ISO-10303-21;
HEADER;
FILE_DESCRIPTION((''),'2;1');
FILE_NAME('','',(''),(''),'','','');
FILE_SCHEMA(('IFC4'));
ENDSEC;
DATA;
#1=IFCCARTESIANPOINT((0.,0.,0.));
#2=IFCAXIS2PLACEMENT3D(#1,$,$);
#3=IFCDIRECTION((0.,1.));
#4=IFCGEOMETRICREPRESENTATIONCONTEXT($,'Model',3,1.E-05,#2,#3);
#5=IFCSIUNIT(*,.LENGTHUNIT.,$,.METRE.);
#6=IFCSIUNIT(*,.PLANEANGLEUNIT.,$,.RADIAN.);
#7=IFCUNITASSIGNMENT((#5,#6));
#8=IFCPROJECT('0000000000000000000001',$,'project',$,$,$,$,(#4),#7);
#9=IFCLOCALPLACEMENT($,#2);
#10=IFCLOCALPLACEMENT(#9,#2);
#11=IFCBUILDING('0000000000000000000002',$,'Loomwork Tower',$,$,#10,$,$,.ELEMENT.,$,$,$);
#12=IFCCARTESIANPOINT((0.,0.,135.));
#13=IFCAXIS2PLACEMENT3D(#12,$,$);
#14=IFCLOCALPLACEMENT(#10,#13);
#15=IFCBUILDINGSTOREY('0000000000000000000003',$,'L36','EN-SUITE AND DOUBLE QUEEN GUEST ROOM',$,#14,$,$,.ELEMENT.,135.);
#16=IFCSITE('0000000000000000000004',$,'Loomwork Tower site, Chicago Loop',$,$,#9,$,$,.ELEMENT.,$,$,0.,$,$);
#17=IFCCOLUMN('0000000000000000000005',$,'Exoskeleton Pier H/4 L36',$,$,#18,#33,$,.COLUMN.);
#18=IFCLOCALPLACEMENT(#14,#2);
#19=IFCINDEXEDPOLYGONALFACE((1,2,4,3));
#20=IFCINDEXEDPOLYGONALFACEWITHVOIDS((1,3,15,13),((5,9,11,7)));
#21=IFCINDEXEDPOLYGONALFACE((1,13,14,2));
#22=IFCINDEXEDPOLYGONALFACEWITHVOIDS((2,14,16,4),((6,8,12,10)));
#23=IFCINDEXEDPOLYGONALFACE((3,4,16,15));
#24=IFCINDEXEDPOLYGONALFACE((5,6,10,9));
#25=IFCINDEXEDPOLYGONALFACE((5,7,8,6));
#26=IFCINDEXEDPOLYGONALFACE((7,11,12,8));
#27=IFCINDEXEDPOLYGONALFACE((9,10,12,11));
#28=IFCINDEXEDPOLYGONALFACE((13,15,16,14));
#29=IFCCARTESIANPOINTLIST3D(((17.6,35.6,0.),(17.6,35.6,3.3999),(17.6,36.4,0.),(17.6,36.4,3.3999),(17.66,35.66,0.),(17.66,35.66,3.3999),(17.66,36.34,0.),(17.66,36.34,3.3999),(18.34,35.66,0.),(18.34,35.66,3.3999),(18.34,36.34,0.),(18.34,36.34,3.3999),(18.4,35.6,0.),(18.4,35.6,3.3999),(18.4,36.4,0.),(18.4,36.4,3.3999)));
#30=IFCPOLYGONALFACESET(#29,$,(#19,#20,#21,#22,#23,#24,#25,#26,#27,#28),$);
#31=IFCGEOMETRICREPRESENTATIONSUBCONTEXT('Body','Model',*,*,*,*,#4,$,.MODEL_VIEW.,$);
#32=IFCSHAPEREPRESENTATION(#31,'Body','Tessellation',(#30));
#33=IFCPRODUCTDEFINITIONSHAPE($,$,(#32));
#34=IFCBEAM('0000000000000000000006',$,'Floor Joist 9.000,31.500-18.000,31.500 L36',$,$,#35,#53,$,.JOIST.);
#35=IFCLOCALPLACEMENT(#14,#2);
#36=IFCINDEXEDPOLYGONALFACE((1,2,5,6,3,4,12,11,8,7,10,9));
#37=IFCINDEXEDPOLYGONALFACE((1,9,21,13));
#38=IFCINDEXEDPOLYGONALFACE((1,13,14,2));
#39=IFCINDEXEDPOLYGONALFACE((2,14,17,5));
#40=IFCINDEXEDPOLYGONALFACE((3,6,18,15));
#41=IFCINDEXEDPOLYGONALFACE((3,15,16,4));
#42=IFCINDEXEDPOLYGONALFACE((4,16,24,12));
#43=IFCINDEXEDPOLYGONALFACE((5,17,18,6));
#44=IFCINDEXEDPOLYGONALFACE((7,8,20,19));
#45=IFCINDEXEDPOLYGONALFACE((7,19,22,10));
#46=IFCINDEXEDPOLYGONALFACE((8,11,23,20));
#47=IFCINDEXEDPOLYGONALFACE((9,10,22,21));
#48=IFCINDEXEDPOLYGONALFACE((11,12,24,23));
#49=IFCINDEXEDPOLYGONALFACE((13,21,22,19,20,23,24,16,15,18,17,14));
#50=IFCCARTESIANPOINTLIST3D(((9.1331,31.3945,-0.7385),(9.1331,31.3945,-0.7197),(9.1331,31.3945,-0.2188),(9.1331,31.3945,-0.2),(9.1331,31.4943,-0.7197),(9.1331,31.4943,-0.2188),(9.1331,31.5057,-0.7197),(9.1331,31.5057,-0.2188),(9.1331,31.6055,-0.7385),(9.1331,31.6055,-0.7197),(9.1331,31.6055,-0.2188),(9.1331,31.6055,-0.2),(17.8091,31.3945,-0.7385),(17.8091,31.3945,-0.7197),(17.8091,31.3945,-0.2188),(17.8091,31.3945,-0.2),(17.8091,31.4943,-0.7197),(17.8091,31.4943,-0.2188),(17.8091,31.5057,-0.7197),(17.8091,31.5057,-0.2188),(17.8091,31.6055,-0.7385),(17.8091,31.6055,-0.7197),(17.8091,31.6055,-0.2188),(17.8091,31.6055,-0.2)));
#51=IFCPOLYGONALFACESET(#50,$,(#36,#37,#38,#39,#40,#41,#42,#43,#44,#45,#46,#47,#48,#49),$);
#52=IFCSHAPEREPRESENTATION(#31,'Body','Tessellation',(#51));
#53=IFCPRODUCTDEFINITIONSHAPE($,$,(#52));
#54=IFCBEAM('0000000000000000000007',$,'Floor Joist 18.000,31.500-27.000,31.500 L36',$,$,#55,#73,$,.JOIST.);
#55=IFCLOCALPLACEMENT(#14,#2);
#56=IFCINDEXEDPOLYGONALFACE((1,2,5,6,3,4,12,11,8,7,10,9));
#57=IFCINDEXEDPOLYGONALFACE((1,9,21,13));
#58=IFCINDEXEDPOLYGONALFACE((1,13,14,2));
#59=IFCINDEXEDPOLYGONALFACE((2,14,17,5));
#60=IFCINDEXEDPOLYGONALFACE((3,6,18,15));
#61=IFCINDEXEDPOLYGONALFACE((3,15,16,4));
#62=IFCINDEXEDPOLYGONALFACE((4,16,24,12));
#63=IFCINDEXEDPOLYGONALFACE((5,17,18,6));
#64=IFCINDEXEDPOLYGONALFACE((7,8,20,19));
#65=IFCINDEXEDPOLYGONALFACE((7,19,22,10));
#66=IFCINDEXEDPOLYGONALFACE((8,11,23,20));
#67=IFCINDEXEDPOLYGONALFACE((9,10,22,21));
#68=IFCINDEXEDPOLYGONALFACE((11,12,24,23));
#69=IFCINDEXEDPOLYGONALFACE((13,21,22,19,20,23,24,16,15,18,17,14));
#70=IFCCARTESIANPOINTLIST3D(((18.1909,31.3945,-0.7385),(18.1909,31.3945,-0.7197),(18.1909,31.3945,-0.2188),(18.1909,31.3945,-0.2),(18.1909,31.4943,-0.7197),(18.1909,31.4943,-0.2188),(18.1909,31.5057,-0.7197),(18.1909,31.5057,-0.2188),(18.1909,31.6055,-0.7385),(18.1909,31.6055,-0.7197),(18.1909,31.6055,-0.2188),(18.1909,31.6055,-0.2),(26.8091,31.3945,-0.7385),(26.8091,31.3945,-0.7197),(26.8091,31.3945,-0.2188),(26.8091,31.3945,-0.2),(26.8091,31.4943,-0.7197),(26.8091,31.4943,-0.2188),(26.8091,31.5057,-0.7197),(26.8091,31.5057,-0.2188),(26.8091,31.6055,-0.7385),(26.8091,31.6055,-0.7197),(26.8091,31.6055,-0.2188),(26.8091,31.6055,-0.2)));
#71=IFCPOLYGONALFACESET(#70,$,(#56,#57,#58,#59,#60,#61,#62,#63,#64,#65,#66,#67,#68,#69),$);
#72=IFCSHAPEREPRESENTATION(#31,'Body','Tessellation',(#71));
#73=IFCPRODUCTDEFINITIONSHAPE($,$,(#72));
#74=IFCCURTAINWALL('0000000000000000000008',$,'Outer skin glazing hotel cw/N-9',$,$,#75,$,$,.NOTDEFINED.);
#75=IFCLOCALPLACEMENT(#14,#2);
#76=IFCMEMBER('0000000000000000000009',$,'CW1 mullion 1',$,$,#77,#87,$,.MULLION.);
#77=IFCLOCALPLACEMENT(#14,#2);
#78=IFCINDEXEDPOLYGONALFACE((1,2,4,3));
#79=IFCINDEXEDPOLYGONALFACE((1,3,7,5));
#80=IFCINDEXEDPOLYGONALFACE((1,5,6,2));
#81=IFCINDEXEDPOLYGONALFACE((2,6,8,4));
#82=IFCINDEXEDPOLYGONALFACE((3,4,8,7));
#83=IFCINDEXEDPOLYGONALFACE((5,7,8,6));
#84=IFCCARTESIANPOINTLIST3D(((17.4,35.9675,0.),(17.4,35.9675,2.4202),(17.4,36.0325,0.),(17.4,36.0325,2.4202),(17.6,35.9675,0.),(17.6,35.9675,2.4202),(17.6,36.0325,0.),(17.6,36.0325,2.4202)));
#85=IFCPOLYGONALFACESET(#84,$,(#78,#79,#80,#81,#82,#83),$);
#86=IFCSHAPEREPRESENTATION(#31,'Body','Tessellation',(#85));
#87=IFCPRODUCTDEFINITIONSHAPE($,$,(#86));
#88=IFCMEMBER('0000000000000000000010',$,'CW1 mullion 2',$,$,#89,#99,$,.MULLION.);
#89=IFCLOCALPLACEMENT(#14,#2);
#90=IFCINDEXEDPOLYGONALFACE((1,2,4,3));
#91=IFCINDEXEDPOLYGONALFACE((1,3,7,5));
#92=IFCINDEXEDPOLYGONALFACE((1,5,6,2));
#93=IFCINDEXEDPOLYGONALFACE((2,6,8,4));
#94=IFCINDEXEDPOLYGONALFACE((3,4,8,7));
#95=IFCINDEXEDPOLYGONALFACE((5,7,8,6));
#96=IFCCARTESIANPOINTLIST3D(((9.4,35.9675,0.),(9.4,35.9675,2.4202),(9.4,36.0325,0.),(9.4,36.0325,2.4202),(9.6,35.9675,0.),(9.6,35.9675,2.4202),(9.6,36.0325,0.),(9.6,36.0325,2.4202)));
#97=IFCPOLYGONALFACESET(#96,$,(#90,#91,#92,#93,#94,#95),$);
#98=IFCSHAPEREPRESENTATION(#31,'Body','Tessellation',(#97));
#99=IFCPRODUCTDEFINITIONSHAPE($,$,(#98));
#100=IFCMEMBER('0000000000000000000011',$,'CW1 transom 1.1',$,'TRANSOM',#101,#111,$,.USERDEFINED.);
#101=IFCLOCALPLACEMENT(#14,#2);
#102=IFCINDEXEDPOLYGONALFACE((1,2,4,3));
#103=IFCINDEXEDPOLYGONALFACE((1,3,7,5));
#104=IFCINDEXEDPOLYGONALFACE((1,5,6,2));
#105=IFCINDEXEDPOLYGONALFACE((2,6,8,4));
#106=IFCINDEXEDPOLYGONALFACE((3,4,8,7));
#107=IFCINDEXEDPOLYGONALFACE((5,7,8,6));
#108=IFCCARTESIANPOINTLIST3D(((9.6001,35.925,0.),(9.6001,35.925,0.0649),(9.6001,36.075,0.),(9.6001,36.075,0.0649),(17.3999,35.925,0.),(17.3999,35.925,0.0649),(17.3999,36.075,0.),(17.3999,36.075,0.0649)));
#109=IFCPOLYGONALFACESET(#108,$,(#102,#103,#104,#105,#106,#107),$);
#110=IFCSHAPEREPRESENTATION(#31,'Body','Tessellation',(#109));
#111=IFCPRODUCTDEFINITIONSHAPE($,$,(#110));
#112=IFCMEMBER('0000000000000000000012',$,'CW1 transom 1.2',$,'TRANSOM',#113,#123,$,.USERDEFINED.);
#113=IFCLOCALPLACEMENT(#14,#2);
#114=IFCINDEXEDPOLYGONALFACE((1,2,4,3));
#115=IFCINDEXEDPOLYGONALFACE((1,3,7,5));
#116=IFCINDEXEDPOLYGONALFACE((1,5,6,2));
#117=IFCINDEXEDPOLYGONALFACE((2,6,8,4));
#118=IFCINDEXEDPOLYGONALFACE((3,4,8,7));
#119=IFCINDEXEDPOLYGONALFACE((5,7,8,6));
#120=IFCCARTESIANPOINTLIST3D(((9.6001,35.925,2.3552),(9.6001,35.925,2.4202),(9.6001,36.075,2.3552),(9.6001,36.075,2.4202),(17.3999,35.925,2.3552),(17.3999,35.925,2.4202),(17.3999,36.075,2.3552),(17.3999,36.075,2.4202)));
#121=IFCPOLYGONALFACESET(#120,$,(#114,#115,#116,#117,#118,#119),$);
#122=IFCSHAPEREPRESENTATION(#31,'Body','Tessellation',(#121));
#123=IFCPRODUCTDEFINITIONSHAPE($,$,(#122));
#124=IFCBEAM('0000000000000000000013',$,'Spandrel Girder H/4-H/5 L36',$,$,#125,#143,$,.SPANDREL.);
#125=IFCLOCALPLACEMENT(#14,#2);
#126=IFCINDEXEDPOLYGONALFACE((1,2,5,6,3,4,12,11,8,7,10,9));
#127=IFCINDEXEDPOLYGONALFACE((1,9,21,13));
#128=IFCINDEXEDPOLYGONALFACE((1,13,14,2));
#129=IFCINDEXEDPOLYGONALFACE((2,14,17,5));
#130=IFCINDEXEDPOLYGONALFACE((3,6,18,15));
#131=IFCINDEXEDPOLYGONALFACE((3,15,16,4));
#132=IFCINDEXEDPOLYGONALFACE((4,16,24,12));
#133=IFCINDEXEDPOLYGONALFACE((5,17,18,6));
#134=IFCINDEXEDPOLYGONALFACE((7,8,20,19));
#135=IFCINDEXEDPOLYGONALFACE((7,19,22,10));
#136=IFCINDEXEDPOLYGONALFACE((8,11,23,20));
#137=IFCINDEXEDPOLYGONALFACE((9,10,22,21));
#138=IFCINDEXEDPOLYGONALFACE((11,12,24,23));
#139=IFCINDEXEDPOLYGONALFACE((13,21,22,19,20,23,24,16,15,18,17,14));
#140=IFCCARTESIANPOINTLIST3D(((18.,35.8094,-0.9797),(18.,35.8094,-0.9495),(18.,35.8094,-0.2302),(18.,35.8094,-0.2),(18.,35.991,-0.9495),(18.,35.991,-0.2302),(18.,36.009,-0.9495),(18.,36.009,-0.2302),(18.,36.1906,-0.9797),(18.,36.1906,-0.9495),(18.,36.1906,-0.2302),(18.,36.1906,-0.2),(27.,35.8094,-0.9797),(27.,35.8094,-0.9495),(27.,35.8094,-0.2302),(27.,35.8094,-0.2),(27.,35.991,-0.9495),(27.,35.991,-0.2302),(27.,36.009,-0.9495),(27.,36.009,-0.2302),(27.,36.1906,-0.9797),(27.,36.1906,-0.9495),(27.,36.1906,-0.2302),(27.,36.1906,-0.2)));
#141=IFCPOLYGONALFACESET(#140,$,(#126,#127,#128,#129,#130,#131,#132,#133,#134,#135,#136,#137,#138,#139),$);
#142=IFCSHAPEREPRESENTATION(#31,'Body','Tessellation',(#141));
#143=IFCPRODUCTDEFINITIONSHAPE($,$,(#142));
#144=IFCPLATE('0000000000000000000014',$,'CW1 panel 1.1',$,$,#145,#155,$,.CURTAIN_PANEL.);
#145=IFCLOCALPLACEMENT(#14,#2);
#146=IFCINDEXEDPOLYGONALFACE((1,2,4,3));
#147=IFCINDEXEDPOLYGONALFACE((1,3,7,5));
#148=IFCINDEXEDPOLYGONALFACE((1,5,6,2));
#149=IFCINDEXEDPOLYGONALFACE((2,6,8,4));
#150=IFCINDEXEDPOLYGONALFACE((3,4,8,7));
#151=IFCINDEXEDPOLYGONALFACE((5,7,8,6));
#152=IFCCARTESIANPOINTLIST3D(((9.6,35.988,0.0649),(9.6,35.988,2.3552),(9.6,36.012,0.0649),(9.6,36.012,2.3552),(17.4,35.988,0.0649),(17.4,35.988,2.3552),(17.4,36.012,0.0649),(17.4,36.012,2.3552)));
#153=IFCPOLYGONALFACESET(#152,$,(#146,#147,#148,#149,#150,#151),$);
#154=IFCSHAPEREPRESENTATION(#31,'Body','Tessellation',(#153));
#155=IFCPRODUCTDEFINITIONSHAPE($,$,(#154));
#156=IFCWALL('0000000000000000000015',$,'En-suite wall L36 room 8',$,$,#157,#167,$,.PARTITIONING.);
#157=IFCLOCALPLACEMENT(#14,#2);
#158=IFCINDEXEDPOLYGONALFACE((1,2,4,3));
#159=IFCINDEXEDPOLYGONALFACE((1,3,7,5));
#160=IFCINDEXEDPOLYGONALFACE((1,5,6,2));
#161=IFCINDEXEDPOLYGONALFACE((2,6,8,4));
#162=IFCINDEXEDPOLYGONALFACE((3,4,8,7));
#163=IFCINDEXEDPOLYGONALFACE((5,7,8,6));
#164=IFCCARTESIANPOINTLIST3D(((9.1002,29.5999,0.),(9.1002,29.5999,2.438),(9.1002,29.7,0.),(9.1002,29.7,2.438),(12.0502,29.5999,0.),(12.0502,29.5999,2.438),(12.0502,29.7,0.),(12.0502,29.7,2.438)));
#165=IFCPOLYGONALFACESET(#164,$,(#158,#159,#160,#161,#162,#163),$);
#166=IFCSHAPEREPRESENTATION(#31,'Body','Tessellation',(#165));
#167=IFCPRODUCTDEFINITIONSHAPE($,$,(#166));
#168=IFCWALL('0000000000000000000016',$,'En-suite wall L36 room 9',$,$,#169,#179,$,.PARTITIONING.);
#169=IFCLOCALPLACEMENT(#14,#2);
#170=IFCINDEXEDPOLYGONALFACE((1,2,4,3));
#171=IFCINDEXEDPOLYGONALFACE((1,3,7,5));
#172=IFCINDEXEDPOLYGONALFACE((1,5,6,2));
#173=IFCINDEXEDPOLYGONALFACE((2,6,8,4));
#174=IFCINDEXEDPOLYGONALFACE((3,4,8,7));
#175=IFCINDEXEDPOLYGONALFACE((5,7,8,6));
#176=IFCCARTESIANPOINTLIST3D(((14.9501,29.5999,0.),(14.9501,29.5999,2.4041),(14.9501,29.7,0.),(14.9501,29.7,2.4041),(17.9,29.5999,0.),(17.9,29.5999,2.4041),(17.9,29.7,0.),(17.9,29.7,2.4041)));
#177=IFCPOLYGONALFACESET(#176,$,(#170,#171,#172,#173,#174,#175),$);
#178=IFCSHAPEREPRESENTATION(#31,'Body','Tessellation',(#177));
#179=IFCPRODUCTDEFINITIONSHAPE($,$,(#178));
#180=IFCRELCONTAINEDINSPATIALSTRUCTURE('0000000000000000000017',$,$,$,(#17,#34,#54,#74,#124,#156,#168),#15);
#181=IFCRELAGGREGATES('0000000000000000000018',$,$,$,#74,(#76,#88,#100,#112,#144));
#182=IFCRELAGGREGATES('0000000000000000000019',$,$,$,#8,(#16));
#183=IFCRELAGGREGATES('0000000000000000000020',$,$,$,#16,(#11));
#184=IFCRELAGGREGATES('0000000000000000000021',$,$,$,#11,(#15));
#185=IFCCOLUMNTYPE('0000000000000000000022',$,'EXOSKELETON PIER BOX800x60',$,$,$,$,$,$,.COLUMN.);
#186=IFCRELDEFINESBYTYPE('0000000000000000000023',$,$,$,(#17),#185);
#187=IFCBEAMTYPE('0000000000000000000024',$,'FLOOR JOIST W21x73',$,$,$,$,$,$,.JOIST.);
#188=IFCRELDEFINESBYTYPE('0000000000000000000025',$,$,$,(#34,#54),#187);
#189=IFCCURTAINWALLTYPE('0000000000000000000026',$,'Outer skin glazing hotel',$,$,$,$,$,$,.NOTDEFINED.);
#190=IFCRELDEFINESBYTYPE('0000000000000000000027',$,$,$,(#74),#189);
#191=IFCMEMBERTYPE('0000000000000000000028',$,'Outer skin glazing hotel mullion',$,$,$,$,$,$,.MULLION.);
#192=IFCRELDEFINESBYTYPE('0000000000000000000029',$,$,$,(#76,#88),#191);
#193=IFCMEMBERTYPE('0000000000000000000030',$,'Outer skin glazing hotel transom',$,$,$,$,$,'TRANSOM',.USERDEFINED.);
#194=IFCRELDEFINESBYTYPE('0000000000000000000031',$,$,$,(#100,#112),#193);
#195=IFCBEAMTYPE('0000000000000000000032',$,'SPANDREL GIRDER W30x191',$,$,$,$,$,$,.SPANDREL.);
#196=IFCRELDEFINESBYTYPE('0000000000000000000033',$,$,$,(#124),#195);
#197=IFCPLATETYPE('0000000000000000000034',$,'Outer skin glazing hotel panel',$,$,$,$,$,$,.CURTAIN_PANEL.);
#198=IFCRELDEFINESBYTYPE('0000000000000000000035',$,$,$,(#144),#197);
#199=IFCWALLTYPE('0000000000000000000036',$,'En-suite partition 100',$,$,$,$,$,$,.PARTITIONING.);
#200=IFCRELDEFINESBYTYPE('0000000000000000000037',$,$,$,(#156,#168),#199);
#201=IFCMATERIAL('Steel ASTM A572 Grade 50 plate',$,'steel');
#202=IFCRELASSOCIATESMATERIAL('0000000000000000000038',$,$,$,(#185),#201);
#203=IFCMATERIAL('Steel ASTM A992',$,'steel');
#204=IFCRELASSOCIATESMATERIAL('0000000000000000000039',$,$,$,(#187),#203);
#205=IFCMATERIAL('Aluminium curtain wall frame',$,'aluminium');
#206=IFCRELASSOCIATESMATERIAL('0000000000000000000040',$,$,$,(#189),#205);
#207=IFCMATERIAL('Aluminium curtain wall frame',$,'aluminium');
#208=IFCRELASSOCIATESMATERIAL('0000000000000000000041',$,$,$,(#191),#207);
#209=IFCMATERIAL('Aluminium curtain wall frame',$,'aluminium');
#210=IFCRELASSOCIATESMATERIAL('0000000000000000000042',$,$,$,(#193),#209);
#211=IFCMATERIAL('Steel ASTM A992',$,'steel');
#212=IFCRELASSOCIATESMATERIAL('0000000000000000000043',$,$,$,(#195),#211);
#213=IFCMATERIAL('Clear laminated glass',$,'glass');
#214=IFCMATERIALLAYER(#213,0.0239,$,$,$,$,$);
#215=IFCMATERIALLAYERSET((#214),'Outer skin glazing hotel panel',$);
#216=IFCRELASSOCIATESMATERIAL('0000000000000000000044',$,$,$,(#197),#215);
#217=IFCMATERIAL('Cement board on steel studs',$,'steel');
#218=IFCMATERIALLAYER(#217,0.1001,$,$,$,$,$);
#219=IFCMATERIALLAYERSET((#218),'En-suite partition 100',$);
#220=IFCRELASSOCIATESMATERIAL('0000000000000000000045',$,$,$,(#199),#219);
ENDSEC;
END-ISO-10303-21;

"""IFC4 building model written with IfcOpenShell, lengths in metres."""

from ifc_helpers import new_model, si_unit, direction, frame, frame_2d, origin, origin_2d, place, context, subcontext, project, spatial, rectangle, hollow_rectangle, i_section, extrude, material, layer, layer_set, material_profile, profile_set, type_object, element, aggregate, save


model = new_model("IFC4")

# Units and contexts
model_context = context("Model", 3, precision=1e-05, world=origin(), true_north=direction((0.0, 1.0)))
body_context = subcontext(model_context, "Body", "Model", "MODEL_VIEW")
ifc_project = project(units=[si_unit("LENGTHUNIT", "METRE"), si_unit("PLANEANGLEUNIT", "RADIAN")], contexts=[model_context])

# Site, building, storey
site_placement = place(None, origin())
site = spatial("IfcSite", under=ifc_project, at=site_placement, Name="Loomwork Tower site, Chicago Loop", CompositionType="ELEMENT", RefElevation=0.0)
building_placement = place(site_placement, origin())
building = spatial("IfcBuilding", under=site, at=building_placement, Name="Loomwork Tower", CompositionType="ELEMENT")
storey_placement = place(building_placement, frame((0.0, 0.0, 135.0)))
storey = spatial("IfcBuildingStorey", under=building, at=storey_placement, Name="L36", Description="EN-SUITE AND DOUBLE QUEEN GUEST ROOM", CompositionType="ELEMENT", Elevation=135.0)

# Column
ifc_material_1 = material(Name="Steel ASTM A572 Grade 50 plate", Category="steel")
ifc_material_profile_1 = material_profile(ifc_material_1, hollow_rectangle(XDim=0.8, YDim=0.8, WallThickness=0.0601, at=origin_2d()), Name="BOX800x60")
ifc_profile_set_1 = profile_set([ifc_material_profile_1], Name="Steel ASTM A572 Grade 50 plate")
column_type = type_object("IfcColumnType", Name="EXOSKELETON PIER BOX800x60", PredefinedType="COLUMN", material=ifc_profile_set_1)
column_placement = place(storey_placement, frame((18.0, 36.0, 0.0), z_axis=(0.0, 0.0, 1.0), x_axis=(1.0, 0.0, 0.0)))
element("IfcColumn", 1, at=column_placement, inside=storey, type_object=column_type, Name="Exoskeleton Pier H/4 L36", PredefinedType="COLUMN", context=body_context, shape_type="SweptSolid", body=[
    extrude(hollow_rectangle(XDim=0.8, YDim=0.8, WallThickness=0.0601, at=origin_2d()), origin(), (0.0, 0.0, 1.0), 3.3999),
])

# Beams
ifc_material_2 = material(Name="Steel ASTM A992", Category="steel")
ifc_material_profile_2 = material_profile(ifc_material_2, i_section(OverallWidth=0.2109, OverallDepth=0.5386, WebThickness=0.0115, FlangeThickness=0.0188, at=origin_2d()), Name="W21x73")
ifc_profile_set_2 = profile_set([ifc_material_profile_2], Name="Steel ASTM A992")
beam_type_1 = type_object("IfcBeamType", Name="FLOOR JOIST W21x73", PredefinedType="JOIST", material=ifc_profile_set_2)
beam_1_placement = place(storey_placement, frame((9.1331, 31.5, -0.4692), z_axis=(1.0, 0.0, 0.0), x_axis=(0.0, 1.0, 0.0)))
element("IfcBeam", 2, at=beam_1_placement, inside=storey, type_object=beam_type_1, Name="Floor Joist 9.000,31.500-18.000,31.500 L36", PredefinedType="JOIST", context=body_context, shape_type="SweptSolid", body=[
    extrude(i_section(OverallWidth=0.2109, OverallDepth=0.5386, WebThickness=0.0115, FlangeThickness=0.0188, at=origin_2d()), origin(), (0.0, 0.0, 1.0), 8.676),
])
beam_2_placement = place(storey_placement, frame((18.1909, 31.5, -0.4692), z_axis=(1.0, 0.0, 0.0), x_axis=(0.0, 1.0, 0.0)))
element("IfcBeam", 3, at=beam_2_placement, inside=storey, type_object=beam_type_1, Name="Floor Joist 18.000,31.500-27.000,31.500 L36", PredefinedType="JOIST", context=body_context, shape_type="SweptSolid", body=[
    extrude(i_section(OverallWidth=0.2109, OverallDepth=0.5386, WebThickness=0.0115, FlangeThickness=0.0188, at=origin_2d()), origin(), (0.0, 0.0, 1.0), 8.6182),
])

# Curtain wall, members
ifc_material_3 = material(Name="Aluminium curtain wall frame", Category="aluminium")
curtain_wall_type = type_object("IfcCurtainWallType", Name="Outer skin glazing hotel", PredefinedType="NOTDEFINED", material=ifc_material_3)
curtain_wall_placement = place(storey_placement, origin())
curtain_wall = element("IfcCurtainWall", 4, at=curtain_wall_placement, inside=storey, type_object=curtain_wall_type, Name="Outer skin glazing hotel cw/N-9", PredefinedType="NOTDEFINED")
ifc_material_4 = material(Name="Aluminium curtain wall frame", Category="aluminium")
ifc_material_profile_3 = material_profile(ifc_material_4, rectangle(XDim=0.0649, YDim=0.2, at=origin_2d()), Name="AL 65x200")
ifc_profile_set_3 = profile_set([ifc_material_profile_3], Name="Aluminium curtain wall frame")
member_type_1 = type_object("IfcMemberType", Name="Outer skin glazing hotel mullion", PredefinedType="MULLION", material=ifc_profile_set_3)
member_1_placement = place(storey_placement, frame((17.5, 36.0, 0.0), z_axis=(0.0, 0.0, 1.0), x_axis=(0.0, -1.0, 0.0)))
member_1 = element("IfcMember", 5, at=member_1_placement, type_object=member_type_1, Name="CW1 mullion 1", PredefinedType="MULLION", context=body_context, shape_type="SweptSolid", body=[
    extrude(rectangle(XDim=0.0649, YDim=0.2, at=origin_2d()), origin(), (0.0, 0.0, 1.0), 2.4202),
])
member_2_placement = place(storey_placement, frame((9.5, 36.0, 0.0), z_axis=(0.0, 0.0, 1.0), x_axis=(0.0, -1.0, 0.0)))
member_2 = element("IfcMember", 6, at=member_2_placement, type_object=member_type_1, Name="CW1 mullion 2", PredefinedType="MULLION", context=body_context, shape_type="SweptSolid", body=[
    extrude(rectangle(XDim=0.0649, YDim=0.2, at=origin_2d()), origin(), (0.0, 0.0, 1.0), 2.4202),
])
ifc_material_5 = material(Name="Aluminium curtain wall frame", Category="aluminium")
ifc_material_profile_4 = material_profile(ifc_material_5, rectangle(XDim=0.1499, YDim=0.0649, at=origin_2d()), Name="AL 65x150")
ifc_profile_set_4 = profile_set([ifc_material_profile_4], Name="Aluminium curtain wall frame")
member_type_2 = type_object("IfcMemberType", Name="Outer skin glazing hotel transom", ElementType="TRANSOM", PredefinedType="USERDEFINED", material=ifc_profile_set_4)
member_3_placement = place(storey_placement, frame((17.3999, 36.0, 0.0325), z_axis=(-1.0, 0.0, 0.0), x_axis=(0.0, -1.0, 0.0)))
member_3 = element("IfcMember", 7, at=member_3_placement, type_object=member_type_2, Name="CW1 transom 1.1", ObjectType="TRANSOM", PredefinedType="USERDEFINED", context=body_context, shape_type="SweptSolid", body=[
    extrude(rectangle(XDim=0.1499, YDim=0.0649, at=origin_2d()), origin(), (0.0, 0.0, 1.0), 7.7998),
])
member_4_placement = place(storey_placement, frame((17.3999, 36.0, 2.3877), z_axis=(-1.0, 0.0, 0.0), x_axis=(0.0, -1.0, 0.0)))
member_4 = element("IfcMember", 8, at=member_4_placement, type_object=member_type_2, Name="CW1 transom 1.2", ObjectType="TRANSOM", PredefinedType="USERDEFINED", context=body_context, shape_type="SweptSolid", body=[
    extrude(rectangle(XDim=0.1499, YDim=0.0649, at=origin_2d()), origin(), (0.0, 0.0, 1.0), 7.7998),
])

# Beam
ifc_material_6 = material(Name="Steel ASTM A992", Category="steel")
ifc_material_profile_5 = material_profile(ifc_material_6, i_section(OverallWidth=0.3811, OverallDepth=0.7798, WebThickness=0.0181, FlangeThickness=0.0303, at=origin_2d()), Name="W30x191")
ifc_profile_set_5 = profile_set([ifc_material_profile_5], Name="Steel ASTM A992")
beam_type_2 = type_object("IfcBeamType", Name="SPANDREL GIRDER W30x191", PredefinedType="SPANDREL", material=ifc_profile_set_5)
beam_3_placement = place(storey_placement, frame((18.0, 36.0, -0.5898), z_axis=(1.0, 0.0, 0.0), x_axis=(0.0, 1.0, 0.0)))
element("IfcBeam", 9, at=beam_3_placement, inside=storey, type_object=beam_type_2, Name="Spandrel Girder H/4-H/5 L36", PredefinedType="SPANDREL", context=body_context, shape_type="SweptSolid", body=[
    extrude(i_section(OverallWidth=0.3811, OverallDepth=0.7798, WebThickness=0.0181, FlangeThickness=0.0303, at=origin_2d()), origin(), (0.0, 0.0, 1.0), 9.0),
])

# Plate
ifc_material_7 = material(Name="Clear laminated glass", Category="glass")
ifc_layer_1 = layer(ifc_material_7, 0.0239)
ifc_layer_set_1 = layer_set([ifc_layer_1], Name="Outer skin glazing hotel panel")
plate_type = type_object("IfcPlateType", Name="Outer skin glazing hotel panel", PredefinedType="CURTAIN_PANEL", material=ifc_layer_set_1)
plate_placement = place(storey_placement, frame((13.5, 36.0, 0.0649), z_axis=(0.0, 0.0, 1.0), x_axis=(-1.0, 0.0, 0.0)))
plate = element("IfcPlate", 10, at=plate_placement, type_object=plate_type, Name="CW1 panel 1.1", PredefinedType="CURTAIN_PANEL", context=body_context, shape_type="SweptSolid", body=[
    extrude(rectangle(XDim=7.8, YDim=0.0239, at=origin_2d()), origin(), (0.0, 0.0, 1.0), 2.2903),
])
aggregate(curtain_wall, [member_1, member_2, member_3, member_4, plate])

# Walls
ifc_material_8 = material(Name="Cement board on steel studs", Category="steel")
ifc_layer_2 = layer(ifc_material_8, 0.1001)
ifc_layer_set_2 = layer_set([ifc_layer_2], Name="En-suite partition 100")
wall_type_1 = type_object("IfcWallType", Name="En-suite partition 100", PredefinedType="PARTITIONING", material=ifc_layer_set_2)
wall_1_placement = place(storey_placement, frame((9.1001, 29.6499, 0.0), z_axis=(0.0, 0.0, 1.0), x_axis=(1.0, 0.0, 0.0)))
element("IfcWall", 11, at=wall_1_placement, inside=storey, type_object=wall_type_1, Name="En-suite wall L36 room 8", PredefinedType="PARTITIONING", context=body_context, shape_type="SweptSolid", body=[
    extrude(rectangle(XDim=2.95, YDim=0.1001, at=frame_2d((1.4751, 0.0))), origin(), (0.0, 0.0, 1.0), 2.438),
])
for number, where, z_axis, x_axis, name in (
    (12, (14.95, 29.6499, 0.0), (0.0, 0.0, 1.0), (1.0, 0.0, 0.0), "En-suite wall L36 room 9"),
):
    element("IfcWall", number, at=place(storey_placement, frame(where, z_axis=z_axis, x_axis=x_axis)), inside=storey, type_object=wall_type_1, Name=name, PredefinedType="PARTITIONING", context=body_context, shape_type="SweptSolid", body=[
        extrude(rectangle(XDim=2.95, YDim=0.1001, at=frame_2d((1.4751, 0.0))), origin(), (0.0, 0.0, 1.0), 2.4041),
    ])

save(model, "model.ifc")
